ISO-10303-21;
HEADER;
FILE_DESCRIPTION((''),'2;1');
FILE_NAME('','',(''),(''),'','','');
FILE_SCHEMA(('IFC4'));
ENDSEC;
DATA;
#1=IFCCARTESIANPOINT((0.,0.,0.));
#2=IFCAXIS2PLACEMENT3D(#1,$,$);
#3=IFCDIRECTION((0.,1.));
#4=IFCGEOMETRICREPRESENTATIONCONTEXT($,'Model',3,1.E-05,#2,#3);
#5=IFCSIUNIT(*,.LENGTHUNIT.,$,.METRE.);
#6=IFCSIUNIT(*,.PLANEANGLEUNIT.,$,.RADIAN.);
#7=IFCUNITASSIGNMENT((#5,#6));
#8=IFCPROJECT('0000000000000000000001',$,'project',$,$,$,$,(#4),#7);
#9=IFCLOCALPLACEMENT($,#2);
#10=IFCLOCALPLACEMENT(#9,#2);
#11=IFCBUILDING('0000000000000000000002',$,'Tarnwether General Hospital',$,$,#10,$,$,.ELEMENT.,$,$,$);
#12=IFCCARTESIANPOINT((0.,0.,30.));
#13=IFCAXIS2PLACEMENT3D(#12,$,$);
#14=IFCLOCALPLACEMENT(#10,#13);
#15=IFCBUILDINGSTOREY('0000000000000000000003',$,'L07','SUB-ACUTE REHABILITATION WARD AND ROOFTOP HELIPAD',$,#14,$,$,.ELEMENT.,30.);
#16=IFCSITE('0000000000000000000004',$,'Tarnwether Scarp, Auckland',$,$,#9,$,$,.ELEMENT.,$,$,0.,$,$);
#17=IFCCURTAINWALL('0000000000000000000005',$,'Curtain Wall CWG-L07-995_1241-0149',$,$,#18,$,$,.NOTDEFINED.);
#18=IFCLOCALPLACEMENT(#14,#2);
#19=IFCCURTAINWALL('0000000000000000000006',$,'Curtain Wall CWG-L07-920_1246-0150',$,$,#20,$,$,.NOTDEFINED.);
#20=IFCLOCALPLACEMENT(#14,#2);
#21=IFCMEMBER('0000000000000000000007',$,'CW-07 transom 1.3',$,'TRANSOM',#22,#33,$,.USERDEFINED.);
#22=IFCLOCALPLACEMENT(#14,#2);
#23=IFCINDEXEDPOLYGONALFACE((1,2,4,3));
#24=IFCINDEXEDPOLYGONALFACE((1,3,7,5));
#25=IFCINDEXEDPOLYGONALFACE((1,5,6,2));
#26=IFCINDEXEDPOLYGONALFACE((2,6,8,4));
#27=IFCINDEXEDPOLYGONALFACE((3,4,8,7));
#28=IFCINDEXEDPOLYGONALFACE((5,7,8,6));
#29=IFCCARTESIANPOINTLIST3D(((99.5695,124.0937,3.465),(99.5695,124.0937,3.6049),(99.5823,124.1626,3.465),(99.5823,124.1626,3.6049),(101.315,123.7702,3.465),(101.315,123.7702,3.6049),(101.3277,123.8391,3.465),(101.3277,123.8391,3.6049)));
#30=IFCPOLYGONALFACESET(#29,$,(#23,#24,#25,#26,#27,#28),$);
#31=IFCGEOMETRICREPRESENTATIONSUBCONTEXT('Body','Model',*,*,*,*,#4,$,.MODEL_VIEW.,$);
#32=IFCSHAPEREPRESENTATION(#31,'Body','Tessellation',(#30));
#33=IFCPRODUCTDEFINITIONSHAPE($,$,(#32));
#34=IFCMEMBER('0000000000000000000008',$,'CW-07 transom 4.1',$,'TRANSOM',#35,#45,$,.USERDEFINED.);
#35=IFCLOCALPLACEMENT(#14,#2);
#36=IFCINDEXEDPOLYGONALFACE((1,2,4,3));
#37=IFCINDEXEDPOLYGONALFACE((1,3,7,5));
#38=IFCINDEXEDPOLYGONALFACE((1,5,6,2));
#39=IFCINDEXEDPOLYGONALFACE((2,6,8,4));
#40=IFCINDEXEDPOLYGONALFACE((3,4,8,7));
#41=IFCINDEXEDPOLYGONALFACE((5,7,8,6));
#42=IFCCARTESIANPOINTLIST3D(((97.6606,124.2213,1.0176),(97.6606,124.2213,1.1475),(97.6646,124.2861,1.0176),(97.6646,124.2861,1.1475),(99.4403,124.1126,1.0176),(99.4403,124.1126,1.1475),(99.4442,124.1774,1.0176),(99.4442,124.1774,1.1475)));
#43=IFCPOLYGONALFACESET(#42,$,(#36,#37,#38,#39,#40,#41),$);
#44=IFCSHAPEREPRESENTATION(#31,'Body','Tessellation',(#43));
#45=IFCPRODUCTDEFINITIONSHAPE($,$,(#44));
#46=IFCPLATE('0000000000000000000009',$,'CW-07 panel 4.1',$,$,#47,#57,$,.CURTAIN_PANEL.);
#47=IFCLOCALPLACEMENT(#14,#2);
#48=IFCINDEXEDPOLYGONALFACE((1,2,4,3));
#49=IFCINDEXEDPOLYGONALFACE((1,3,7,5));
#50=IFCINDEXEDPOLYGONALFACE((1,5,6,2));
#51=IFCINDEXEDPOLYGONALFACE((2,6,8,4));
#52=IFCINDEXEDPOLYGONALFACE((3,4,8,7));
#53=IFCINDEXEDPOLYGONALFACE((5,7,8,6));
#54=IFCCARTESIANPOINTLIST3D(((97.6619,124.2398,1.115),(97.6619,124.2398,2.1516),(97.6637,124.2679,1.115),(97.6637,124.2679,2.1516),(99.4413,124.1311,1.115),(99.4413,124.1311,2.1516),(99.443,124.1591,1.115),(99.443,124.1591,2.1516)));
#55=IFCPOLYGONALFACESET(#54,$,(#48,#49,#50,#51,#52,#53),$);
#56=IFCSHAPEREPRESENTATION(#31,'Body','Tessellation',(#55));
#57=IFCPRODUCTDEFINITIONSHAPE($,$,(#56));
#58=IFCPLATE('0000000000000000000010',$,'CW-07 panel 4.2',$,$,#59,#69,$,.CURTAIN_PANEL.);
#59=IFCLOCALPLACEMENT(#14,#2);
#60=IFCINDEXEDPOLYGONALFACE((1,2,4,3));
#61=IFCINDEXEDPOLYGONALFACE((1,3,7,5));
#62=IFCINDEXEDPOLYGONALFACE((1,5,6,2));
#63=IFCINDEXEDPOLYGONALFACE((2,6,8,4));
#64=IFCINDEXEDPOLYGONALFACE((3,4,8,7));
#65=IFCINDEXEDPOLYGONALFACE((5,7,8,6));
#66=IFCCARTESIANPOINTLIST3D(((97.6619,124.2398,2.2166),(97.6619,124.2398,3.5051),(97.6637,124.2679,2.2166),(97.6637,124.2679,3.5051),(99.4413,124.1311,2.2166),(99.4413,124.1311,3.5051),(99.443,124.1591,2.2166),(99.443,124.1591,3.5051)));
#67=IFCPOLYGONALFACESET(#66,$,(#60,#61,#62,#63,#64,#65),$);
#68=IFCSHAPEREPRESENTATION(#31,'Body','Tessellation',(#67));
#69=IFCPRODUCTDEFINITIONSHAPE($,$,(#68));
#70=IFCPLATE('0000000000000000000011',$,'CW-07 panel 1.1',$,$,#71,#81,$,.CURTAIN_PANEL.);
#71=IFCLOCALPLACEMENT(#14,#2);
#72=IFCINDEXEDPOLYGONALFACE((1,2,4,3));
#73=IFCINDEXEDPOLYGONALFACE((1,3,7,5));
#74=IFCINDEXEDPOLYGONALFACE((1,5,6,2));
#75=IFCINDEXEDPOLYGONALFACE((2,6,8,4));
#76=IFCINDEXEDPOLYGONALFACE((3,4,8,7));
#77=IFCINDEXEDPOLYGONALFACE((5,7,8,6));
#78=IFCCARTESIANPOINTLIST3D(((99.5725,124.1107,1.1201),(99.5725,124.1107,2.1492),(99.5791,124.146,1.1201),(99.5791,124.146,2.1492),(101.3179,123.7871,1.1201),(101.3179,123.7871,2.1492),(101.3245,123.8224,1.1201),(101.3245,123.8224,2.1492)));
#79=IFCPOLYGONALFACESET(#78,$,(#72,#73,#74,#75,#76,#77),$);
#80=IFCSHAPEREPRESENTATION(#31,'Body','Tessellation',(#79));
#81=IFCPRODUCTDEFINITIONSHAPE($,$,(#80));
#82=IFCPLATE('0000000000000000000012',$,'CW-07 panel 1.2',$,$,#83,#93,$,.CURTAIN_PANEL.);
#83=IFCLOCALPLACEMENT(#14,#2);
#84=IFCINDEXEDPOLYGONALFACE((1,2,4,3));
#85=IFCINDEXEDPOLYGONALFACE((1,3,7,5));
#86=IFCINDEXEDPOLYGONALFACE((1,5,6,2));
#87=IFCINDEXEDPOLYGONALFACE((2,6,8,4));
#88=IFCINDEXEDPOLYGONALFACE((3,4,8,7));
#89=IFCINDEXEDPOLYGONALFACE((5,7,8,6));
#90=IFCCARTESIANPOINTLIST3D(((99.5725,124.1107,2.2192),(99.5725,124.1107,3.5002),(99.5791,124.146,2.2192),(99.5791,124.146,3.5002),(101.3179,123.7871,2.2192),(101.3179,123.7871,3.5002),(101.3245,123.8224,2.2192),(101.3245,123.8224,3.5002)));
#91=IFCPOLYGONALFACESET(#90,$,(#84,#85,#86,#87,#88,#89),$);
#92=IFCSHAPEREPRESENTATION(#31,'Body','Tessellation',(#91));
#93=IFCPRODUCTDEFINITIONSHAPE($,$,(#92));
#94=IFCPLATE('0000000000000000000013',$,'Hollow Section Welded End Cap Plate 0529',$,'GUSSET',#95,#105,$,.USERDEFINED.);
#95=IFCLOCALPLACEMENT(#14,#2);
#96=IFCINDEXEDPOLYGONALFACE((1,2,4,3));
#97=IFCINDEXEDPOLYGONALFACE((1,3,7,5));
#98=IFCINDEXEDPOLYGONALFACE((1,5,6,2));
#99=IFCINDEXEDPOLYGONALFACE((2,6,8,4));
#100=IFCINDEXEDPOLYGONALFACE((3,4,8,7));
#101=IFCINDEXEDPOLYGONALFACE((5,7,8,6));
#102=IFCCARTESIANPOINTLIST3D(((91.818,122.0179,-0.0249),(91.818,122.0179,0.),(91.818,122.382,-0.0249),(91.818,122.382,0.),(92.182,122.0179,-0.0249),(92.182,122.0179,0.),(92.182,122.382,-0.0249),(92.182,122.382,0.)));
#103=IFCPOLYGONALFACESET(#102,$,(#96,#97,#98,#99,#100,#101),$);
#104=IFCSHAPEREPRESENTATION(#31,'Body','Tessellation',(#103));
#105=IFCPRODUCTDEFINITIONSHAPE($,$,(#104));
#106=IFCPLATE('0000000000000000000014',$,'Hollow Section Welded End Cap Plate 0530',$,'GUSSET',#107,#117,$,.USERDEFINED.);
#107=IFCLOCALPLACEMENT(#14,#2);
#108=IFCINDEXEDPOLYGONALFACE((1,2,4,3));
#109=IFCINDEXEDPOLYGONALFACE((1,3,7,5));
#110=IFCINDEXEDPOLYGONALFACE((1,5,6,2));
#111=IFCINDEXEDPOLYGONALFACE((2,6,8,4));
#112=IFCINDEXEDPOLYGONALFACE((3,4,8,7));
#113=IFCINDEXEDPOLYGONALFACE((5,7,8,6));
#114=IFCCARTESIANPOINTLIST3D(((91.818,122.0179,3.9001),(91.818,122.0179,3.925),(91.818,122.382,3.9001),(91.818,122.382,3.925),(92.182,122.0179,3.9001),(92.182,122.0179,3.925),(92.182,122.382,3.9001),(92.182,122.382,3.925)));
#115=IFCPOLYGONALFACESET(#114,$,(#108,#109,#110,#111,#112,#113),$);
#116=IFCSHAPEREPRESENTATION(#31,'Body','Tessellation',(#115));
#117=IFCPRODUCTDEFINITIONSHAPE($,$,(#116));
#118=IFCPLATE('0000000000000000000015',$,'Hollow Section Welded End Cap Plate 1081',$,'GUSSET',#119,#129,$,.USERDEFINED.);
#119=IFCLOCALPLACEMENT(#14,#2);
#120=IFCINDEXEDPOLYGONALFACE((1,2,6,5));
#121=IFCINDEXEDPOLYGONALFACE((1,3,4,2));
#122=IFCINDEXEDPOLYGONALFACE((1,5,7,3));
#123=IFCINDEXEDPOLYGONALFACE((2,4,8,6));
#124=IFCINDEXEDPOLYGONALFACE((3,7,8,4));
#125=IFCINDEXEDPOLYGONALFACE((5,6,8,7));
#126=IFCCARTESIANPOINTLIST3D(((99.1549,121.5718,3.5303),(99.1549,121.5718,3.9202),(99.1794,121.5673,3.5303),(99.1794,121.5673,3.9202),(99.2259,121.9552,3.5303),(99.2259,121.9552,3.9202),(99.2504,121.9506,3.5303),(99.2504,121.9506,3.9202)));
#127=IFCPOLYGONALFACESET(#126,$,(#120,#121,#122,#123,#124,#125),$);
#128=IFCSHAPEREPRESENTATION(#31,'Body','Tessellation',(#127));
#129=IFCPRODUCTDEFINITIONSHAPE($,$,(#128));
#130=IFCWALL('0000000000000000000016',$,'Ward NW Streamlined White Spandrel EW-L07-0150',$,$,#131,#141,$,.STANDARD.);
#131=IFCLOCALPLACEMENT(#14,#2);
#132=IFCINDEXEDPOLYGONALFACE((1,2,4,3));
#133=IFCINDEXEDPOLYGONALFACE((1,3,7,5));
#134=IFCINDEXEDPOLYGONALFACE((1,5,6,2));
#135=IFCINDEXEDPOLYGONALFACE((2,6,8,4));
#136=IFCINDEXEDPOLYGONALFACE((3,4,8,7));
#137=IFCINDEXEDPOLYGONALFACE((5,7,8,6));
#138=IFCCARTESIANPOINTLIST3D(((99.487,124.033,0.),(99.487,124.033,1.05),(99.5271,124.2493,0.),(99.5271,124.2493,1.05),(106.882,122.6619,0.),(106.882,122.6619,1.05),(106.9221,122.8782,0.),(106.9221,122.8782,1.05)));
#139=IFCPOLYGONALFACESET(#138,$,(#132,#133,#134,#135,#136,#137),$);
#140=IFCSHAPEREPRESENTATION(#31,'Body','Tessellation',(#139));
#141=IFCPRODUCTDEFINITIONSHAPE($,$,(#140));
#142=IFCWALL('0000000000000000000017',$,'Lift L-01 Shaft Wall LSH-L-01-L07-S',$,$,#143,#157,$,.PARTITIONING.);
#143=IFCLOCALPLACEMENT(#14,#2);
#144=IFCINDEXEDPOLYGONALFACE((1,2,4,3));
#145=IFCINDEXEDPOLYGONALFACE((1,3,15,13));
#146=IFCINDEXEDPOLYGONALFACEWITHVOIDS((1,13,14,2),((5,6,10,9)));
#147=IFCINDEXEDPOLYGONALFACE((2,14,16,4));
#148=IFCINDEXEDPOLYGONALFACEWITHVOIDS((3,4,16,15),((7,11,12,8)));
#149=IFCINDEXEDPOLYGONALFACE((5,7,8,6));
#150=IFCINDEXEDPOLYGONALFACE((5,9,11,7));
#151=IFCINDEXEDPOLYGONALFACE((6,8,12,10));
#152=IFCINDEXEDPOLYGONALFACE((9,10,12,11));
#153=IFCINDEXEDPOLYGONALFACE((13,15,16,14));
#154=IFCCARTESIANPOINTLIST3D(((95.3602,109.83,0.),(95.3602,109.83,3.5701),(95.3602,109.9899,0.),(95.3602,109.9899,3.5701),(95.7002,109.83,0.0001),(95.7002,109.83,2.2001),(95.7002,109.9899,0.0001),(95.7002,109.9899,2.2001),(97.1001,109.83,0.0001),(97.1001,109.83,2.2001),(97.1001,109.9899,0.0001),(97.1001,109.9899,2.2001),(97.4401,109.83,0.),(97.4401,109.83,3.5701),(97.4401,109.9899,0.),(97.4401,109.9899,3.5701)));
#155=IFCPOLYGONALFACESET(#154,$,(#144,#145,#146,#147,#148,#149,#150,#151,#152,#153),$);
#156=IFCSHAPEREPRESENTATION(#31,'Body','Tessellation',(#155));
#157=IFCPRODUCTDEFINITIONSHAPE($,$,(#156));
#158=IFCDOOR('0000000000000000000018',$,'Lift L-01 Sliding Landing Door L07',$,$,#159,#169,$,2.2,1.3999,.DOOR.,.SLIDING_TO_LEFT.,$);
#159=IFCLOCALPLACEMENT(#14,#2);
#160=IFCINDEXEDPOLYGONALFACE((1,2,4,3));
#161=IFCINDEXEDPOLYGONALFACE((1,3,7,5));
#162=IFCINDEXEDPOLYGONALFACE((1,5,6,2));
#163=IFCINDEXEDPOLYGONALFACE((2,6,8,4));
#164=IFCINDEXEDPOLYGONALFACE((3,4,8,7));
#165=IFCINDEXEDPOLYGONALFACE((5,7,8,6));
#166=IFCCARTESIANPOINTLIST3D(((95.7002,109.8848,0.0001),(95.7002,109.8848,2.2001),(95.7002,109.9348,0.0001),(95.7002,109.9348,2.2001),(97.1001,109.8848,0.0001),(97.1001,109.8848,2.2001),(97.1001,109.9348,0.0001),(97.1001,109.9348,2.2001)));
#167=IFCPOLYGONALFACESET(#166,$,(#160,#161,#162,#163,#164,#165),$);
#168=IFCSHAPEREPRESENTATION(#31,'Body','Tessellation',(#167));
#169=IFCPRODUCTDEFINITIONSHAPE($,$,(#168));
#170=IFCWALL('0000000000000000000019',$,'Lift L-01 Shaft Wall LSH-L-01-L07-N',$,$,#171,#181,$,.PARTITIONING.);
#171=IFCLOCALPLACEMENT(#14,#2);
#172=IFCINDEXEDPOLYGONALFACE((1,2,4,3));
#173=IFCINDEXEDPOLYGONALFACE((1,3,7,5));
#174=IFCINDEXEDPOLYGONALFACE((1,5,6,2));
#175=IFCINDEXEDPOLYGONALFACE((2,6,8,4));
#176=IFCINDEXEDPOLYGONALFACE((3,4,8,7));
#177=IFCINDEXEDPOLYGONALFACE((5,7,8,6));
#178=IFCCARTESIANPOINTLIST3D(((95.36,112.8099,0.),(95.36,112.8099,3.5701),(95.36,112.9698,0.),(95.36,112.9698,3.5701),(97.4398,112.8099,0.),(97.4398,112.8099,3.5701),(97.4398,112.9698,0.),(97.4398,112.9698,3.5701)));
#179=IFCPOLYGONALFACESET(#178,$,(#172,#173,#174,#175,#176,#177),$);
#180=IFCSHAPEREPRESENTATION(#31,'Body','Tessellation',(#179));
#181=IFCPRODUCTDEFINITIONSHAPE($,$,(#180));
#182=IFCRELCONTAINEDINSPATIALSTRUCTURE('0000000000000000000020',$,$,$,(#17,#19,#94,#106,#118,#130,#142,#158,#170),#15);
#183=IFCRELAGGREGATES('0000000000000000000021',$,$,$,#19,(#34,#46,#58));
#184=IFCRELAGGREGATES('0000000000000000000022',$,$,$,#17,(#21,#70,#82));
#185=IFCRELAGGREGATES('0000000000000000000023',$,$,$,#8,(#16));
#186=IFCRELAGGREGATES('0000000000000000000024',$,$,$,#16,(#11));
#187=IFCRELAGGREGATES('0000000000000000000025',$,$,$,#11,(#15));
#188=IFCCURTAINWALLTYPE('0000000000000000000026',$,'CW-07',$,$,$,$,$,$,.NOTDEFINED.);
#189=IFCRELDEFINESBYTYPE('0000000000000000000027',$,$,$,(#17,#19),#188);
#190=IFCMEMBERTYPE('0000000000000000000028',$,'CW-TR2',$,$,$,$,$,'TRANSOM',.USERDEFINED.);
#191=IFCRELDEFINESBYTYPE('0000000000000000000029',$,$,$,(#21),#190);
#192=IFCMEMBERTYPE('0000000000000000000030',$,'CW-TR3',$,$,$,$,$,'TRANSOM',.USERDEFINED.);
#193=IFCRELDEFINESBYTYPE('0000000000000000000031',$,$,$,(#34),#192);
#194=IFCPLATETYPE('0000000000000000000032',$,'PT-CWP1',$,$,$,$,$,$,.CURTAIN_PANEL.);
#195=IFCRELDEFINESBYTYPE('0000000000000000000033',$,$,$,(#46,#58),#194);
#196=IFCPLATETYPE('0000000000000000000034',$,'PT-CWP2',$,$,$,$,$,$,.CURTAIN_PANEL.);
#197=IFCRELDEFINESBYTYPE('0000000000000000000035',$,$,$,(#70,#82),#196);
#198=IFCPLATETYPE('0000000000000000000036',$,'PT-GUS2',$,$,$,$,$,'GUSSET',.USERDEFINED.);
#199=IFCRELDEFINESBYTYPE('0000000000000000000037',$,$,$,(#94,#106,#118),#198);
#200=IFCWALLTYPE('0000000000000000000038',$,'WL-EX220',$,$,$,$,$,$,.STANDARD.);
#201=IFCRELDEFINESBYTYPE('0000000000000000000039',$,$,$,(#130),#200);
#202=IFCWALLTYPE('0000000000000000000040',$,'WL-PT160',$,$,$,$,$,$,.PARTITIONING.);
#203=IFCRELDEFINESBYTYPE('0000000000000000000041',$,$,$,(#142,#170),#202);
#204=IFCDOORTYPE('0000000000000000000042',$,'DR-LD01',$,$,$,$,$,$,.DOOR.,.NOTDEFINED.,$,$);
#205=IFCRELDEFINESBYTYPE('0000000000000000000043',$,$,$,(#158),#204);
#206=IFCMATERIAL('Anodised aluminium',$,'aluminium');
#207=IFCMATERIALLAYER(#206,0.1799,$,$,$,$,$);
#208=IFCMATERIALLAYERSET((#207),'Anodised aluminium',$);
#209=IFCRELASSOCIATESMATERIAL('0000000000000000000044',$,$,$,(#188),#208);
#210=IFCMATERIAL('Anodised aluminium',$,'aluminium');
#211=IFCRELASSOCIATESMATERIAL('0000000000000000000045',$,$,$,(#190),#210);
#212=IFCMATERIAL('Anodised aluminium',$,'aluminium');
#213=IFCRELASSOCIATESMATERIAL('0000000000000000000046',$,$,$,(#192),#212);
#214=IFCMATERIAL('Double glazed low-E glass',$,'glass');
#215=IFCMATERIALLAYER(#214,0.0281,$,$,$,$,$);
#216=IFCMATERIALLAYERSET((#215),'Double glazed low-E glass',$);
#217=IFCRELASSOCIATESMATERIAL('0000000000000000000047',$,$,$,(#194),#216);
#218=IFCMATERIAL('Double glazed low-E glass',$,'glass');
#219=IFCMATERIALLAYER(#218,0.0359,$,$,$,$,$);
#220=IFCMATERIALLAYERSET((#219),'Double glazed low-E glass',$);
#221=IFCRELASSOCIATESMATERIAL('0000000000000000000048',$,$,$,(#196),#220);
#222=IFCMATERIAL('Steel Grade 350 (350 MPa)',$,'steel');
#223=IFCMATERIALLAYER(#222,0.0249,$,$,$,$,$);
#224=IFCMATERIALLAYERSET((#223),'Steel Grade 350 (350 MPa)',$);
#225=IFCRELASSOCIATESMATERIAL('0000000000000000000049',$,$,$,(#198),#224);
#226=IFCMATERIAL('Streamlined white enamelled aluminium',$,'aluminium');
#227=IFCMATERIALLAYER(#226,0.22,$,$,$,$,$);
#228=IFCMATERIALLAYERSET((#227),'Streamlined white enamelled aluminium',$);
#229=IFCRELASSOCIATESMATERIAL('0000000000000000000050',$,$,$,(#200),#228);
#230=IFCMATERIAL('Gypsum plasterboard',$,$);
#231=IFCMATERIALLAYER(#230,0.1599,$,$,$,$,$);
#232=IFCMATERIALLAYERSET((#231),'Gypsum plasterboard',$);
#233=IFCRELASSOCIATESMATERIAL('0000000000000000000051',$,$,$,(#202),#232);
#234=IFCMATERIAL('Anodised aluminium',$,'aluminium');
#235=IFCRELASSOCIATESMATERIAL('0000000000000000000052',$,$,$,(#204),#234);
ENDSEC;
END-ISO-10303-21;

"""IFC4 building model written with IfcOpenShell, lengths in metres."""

from ifc_helpers import new_model, si_unit, direction, frame, frame_2d, origin, origin_2d, place, context, subcontext, project, spatial, rectangle, extrude, material, layer, layer_set, material_profile, profile_set, type_object, element, fill, aggregate, save


model = new_model("IFC4")

# Units and contexts
model_context = context("Model", 3, precision=1e-05, world=origin(), true_north=direction((0.0, 1.0)))
body_context = subcontext(model_context, "Body", "Model", "MODEL_VIEW")
ifc_project = project(units=[si_unit("LENGTHUNIT", "METRE"), si_unit("PLANEANGLEUNIT", "RADIAN")], contexts=[model_context])

# Site, building, storey
site_placement = place(None, origin())
site = spatial("IfcSite", under=ifc_project, at=site_placement, Name="Tarnwether Scarp, Auckland", CompositionType="ELEMENT", RefElevation=0.0)
building_placement = place(site_placement, origin())
building = spatial("IfcBuilding", under=site, at=building_placement, Name="Tarnwether General Hospital", CompositionType="ELEMENT")
storey_placement = place(building_placement, frame((0.0, 0.0, 30.0)))
storey = spatial("IfcBuildingStorey", under=building, at=storey_placement, Name="L07", Description="SUB-ACUTE REHABILITATION WARD AND ROOFTOP HELIPAD", CompositionType="ELEMENT", Elevation=30.0)

# Curtain walls
ifc_material_1 = material(Name="Anodised aluminium", Category="aluminium")
ifc_layer_1 = layer(ifc_material_1, 0.1799)
ifc_layer_set_1 = layer_set([ifc_layer_1], Name="Anodised aluminium")
curtain_wall_type = type_object("IfcCurtainWallType", Name="CW-07", PredefinedType="NOTDEFINED", material=ifc_layer_set_1)
curtain_wall_1_placement = place(storey_placement, origin())
curtain_wall_1 = element("IfcCurtainWall", 1, at=curtain_wall_1_placement, inside=storey, type_object=curtain_wall_type, Name="Curtain Wall CWG-L07-995_1241-0149", PredefinedType="NOTDEFINED")
curtain_wall_2_placement = place(storey_placement, origin())
curtain_wall_2 = element("IfcCurtainWall", 2, at=curtain_wall_2_placement, inside=storey, type_object=curtain_wall_type, Name="Curtain Wall CWG-L07-920_1246-0150", PredefinedType="NOTDEFINED")

# Members
ifc_material_2 = material(Name="Anodised aluminium", Category="aluminium")
ifc_material_profile_1 = material_profile(ifc_material_2, rectangle(XDim=0.0701, YDim=0.1399, at=origin_2d()), Name="ALU-TRN-70x140")
ifc_profile_set_1 = profile_set([ifc_material_profile_1], Name="Anodised aluminium")
member_type_1 = type_object("IfcMemberType", Name="CW-TR2", ElementType="TRANSOM", PredefinedType="USERDEFINED", material=ifc_profile_set_1)
member_1_placement = place(storey_placement, frame((99.5759, 124.1282, 3.5349), z_axis=(0.983255, -0.182237, 0.0), x_axis=(0.182237, 0.983255, 0.0)))
member_1 = element("IfcMember", 3, at=member_1_placement, type_object=member_type_1, Name="CW-07 transom 1.3", ObjectType="TRANSOM", PredefinedType="USERDEFINED", context=body_context, shape_type="SweptSolid", body=[
    extrude(rectangle(XDim=0.0701, YDim=0.1399, at=origin_2d()), origin(), (0.0, 0.0, 1.0), 1.7751),
])
ifc_material_3 = material(Name="Anodised aluminium", Category="aluminium")
ifc_material_profile_2 = material_profile(ifc_material_3, rectangle(XDim=0.0649, YDim=0.1299, at=origin_2d()), Name="ALU-TRN-65x130")
ifc_profile_set_2 = profile_set([ifc_material_profile_2], Name="Anodised aluminium")
member_type_2 = type_object("IfcMemberType", Name="CW-TR3", ElementType="TRANSOM", PredefinedType="USERDEFINED", material=ifc_profile_set_2)
member_2_placement = place(storey_placement, frame((97.6626, 124.2537, 1.0825), z_axis=(0.998142, -0.060937, 0.0), x_axis=(0.060937, 0.998142, 0.0)))
member_2 = element("IfcMember", 4, at=member_2_placement, type_object=member_type_2, Name="CW-07 transom 4.1", ObjectType="TRANSOM", PredefinedType="USERDEFINED", context=body_context, shape_type="SweptSolid", body=[
    extrude(rectangle(XDim=0.0649, YDim=0.1299, at=origin_2d()), origin(), (0.0, 0.0, 1.0), 1.783),
])

# Plates
ifc_material_4 = material(Name="Double glazed low-E glass", Category="glass")
ifc_layer_2 = layer(ifc_material_4, 0.0281)
ifc_layer_set_2 = layer_set([ifc_layer_2], Name="Double glazed low-E glass")
plate_type_1 = type_object("IfcPlateType", Name="PT-CWP1", PredefinedType="CURTAIN_PANEL", material=ifc_layer_set_2)
plate_1_placement = place(storey_placement, frame((98.5525, 124.1995, 1.115), z_axis=(0.0, 0.0, 1.0), x_axis=(0.998136, -0.061029, 0.0)))
plate_1 = element("IfcPlate", 5, at=plate_1_placement, type_object=plate_type_1, Name="CW-07 panel 4.1", PredefinedType="CURTAIN_PANEL", context=body_context, shape_type="SweptSolid", body=[
    extrude(rectangle(XDim=1.7827, YDim=0.0281, at=origin_2d()), origin(), (0.0, 0.0, 1.0), 1.0366),
])
plate_2_placement = place(storey_placement, frame((98.5525, 124.1995, 2.2166), z_axis=(0.0, 0.0, 1.0), x_axis=(0.998136, -0.061029, 0.0)))
plate_2 = element("IfcPlate", 6, at=plate_2_placement, type_object=plate_type_1, Name="CW-07 panel 4.2", PredefinedType="CURTAIN_PANEL", context=body_context, shape_type="SweptSolid", body=[
    extrude(rectangle(XDim=1.7827, YDim=0.0281, at=origin_2d()), origin(), (0.0, 0.0, 1.0), 1.2886),
])
aggregate(curtain_wall_2, [member_2, plate_1, plate_2])
ifc_material_5 = material(Name="Double glazed low-E glass", Category="glass")
ifc_layer_3 = layer(ifc_material_5, 0.0359)
ifc_layer_set_3 = layer_set([ifc_layer_3], Name="Double glazed low-E glass")
plate_type_2 = type_object("IfcPlateType", Name="PT-CWP2", PredefinedType="CURTAIN_PANEL", material=ifc_layer_set_3)
plate_3_placement = place(storey_placement, frame((100.4485, 123.9666, 1.1201), z_axis=(0.0, 0.0, 1.0), x_axis=(0.983245, -0.182289, 0.0)))
plate_3 = element("IfcPlate", 7, at=plate_3_placement, type_object=plate_type_2, Name="CW-07 panel 1.1", PredefinedType="CURTAIN_PANEL", context=body_context, shape_type="SweptSolid", body=[
    extrude(rectangle(XDim=1.7751, YDim=0.0359, at=origin_2d()), origin(), (0.0, 0.0, 1.0), 1.0291),
])
plate_4_placement = place(storey_placement, frame((100.4485, 123.9666, 2.2192), z_axis=(0.0, 0.0, 1.0), x_axis=(0.983245, -0.182289, 0.0)))
plate_4 = element("IfcPlate", 8, at=plate_4_placement, type_object=plate_type_2, Name="CW-07 panel 1.2", PredefinedType="CURTAIN_PANEL", context=body_context, shape_type="SweptSolid", body=[
    extrude(rectangle(XDim=1.7751, YDim=0.0359, at=origin_2d()), origin(), (0.0, 0.0, 1.0), 1.281),
])
aggregate(curtain_wall_1, [member_1, plate_3, plate_4])

# Plates
ifc_material_6 = material(Name="Steel Grade 350 (350 MPa)", Category="steel")
ifc_layer_4 = layer(ifc_material_6, 0.0249)
ifc_layer_set_4 = layer_set([ifc_layer_4], Name="Steel Grade 350 (350 MPa)")
plate_type_3 = type_object("IfcPlateType", Name="PT-GUS2", ElementType="GUSSET", PredefinedType="USERDEFINED", material=ifc_layer_set_4)
for number, where, z_axis, x_axis, name in (
    (9, (92.0, 122.2, -0.0249), (0.0, 0.0, 1.0), (1.0, 0.0, 0.0), "Hollow Section Welded End Cap Plate 0529"),
    (10, (92.0, 122.2, 3.9001), (0.0, 0.0, 1.0), (1.0, 0.0, 0.0), "Hollow Section Welded End Cap Plate 0530"),
):
    element("IfcPlate", number, at=place(storey_placement, frame(where, z_axis=z_axis, x_axis=x_axis)), inside=storey, type_object=plate_type_3, Name=name, ObjectType="GUSSET", PredefinedType="USERDEFINED", context=body_context, shape_type="SweptSolid", body=[
        extrude(rectangle(XDim=0.364, YDim=0.364, at=origin_2d()), origin(), (0.0, 0.0, 1.0), 0.0249),
    ])
plate_5_placement = place(storey_placement, frame((99.2026, 121.7612, 3.5303), z_axis=(0.0, 0.0, 1.0), x_axis=(0.983261, -0.182201, 0.0)))
element("IfcPlate", 11, at=plate_5_placement, inside=storey, type_object=plate_type_3, Name="Hollow Section Welded End Cap Plate 1081", ObjectType="GUSSET", PredefinedType="USERDEFINED", context=body_context, shape_type="SweptSolid", body=[
    extrude(rectangle(XDim=0.0249, YDim=0.3899, at=origin_2d()), origin(), (0.0, 0.0, 1.0), 0.3899),
])

# Wall
ifc_material_7 = material(Name="Streamlined white enamelled aluminium", Category="aluminium")
ifc_layer_5 = layer(ifc_material_7, 0.22)
ifc_layer_set_5 = layer_set([ifc_layer_5], Name="Streamlined white enamelled aluminium")
wall_type_1 = type_object("IfcWallType", Name="WL-EX220", PredefinedType="STANDARD", material=ifc_layer_set_5)
wall_1_placement = place(storey_placement, frame((99.5071, 124.1411, 0.0), z_axis=(0.0, 0.0, 1.0), x_axis=(0.983243, -0.182301, 0.0)))
element("IfcWall", 12, at=wall_1_placement, inside=storey, type_object=wall_type_1, Name="Ward NW Streamlined White Spandrel EW-L07-0150", PredefinedType="STANDARD", context=body_context, shape_type="SweptSolid", body=[
    extrude(rectangle(XDim=7.521, YDim=0.22, at=frame_2d((3.7605, 0.0))), origin(), (0.0, 0.0, 1.0), 1.05),
])

# Wall, opening, door
ifc_material_8 = material(Name="Gypsum plasterboard")
ifc_layer_6 = layer(ifc_material_8, 0.1599)
ifc_layer_set_6 = layer_set([ifc_layer_6], Name="Gypsum plasterboard")
wall_type_2 = type_object("IfcWallType", Name="WL-PT160", PredefinedType="PARTITIONING", material=ifc_layer_set_6)
wall_2_placement = place(storey_placement, frame((95.3601, 109.9099, 0.0), z_axis=(0.0, 0.0, 1.0), x_axis=(1.0, 0.0, 0.0)))
wall_2 = element("IfcWall", 13, at=wall_2_placement, inside=storey, type_object=wall_type_2, Name="Lift L-01 Shaft Wall LSH-L-01-L07-S", PredefinedType="PARTITIONING", context=body_context, shape_type="SweptSolid", body=[
    extrude(rectangle(XDim=2.0798, YDim=0.1599, at=frame_2d((1.04, 0.0))), origin(), (0.0, 0.0, 1.0), 3.5701),
])
opening_1_placement = place(wall_2_placement, frame((0.3401, 0.0, 0.0)))
opening_1 = element("IfcOpeningElement", 14, at=opening_1_placement, cuts=wall_2, PredefinedType="OPENING", context=body_context, shape_type="SweptSolid", body=[
    extrude(rectangle(XDim=1.3999, YDim=2.2, at=frame_2d((0.7, 1.1001))), frame((0.0, 0.0898, 0.0), z_axis=(0.0, -1.0, 0.0), x_axis=(1.0, 0.0, 0.0)), (0.0, 0.0, 1.0), 0.1799),
])
ifc_material_9 = material(Name="Anodised aluminium", Category="aluminium")
door_type = type_object("IfcDoorType", Name="DR-LD01", OperationType="NOTDEFINED", PredefinedType="DOOR", material=ifc_material_9)
door_1_placement = place(opening_1_placement, origin())
door_1 = element("IfcDoor", 15, at=door_1_placement, inside=storey, type_object=door_type, Name="Lift L-01 Sliding Landing Door L07", OperationType="SLIDING_TO_LEFT", OverallHeight=2.2, OverallWidth=1.3999, PredefinedType="DOOR", context=body_context, shape_type="SweptSolid", body=[
    extrude(rectangle(XDim=1.3999, YDim=2.2, at=frame_2d((0.7, 1.1001))), frame((0.0, 0.0249, 0.0), z_axis=(0.0, -1.0, 0.0), x_axis=(1.0, 0.0, 0.0)), (0.0, 0.0, 1.0), 0.05),
])
fill(opening_1, door_1)

# Wall
wall_3_placement = place(storey_placement, frame((97.4399, 112.8899, 0.0), z_axis=(0.0, 0.0, 1.0), x_axis=(-1.0, 0.0, 0.0)))
element("IfcWall", 16, at=wall_3_placement, inside=storey, type_object=wall_type_2, Name="Lift L-01 Shaft Wall LSH-L-01-L07-N", PredefinedType="PARTITIONING", context=body_context, shape_type="SweptSolid", body=[
    extrude(rectangle(XDim=2.0798, YDim=0.1599, at=frame_2d((1.04, 0.0))), origin(), (0.0, 0.0, 1.0), 3.5701),
])

save(model, "model.ifc")
